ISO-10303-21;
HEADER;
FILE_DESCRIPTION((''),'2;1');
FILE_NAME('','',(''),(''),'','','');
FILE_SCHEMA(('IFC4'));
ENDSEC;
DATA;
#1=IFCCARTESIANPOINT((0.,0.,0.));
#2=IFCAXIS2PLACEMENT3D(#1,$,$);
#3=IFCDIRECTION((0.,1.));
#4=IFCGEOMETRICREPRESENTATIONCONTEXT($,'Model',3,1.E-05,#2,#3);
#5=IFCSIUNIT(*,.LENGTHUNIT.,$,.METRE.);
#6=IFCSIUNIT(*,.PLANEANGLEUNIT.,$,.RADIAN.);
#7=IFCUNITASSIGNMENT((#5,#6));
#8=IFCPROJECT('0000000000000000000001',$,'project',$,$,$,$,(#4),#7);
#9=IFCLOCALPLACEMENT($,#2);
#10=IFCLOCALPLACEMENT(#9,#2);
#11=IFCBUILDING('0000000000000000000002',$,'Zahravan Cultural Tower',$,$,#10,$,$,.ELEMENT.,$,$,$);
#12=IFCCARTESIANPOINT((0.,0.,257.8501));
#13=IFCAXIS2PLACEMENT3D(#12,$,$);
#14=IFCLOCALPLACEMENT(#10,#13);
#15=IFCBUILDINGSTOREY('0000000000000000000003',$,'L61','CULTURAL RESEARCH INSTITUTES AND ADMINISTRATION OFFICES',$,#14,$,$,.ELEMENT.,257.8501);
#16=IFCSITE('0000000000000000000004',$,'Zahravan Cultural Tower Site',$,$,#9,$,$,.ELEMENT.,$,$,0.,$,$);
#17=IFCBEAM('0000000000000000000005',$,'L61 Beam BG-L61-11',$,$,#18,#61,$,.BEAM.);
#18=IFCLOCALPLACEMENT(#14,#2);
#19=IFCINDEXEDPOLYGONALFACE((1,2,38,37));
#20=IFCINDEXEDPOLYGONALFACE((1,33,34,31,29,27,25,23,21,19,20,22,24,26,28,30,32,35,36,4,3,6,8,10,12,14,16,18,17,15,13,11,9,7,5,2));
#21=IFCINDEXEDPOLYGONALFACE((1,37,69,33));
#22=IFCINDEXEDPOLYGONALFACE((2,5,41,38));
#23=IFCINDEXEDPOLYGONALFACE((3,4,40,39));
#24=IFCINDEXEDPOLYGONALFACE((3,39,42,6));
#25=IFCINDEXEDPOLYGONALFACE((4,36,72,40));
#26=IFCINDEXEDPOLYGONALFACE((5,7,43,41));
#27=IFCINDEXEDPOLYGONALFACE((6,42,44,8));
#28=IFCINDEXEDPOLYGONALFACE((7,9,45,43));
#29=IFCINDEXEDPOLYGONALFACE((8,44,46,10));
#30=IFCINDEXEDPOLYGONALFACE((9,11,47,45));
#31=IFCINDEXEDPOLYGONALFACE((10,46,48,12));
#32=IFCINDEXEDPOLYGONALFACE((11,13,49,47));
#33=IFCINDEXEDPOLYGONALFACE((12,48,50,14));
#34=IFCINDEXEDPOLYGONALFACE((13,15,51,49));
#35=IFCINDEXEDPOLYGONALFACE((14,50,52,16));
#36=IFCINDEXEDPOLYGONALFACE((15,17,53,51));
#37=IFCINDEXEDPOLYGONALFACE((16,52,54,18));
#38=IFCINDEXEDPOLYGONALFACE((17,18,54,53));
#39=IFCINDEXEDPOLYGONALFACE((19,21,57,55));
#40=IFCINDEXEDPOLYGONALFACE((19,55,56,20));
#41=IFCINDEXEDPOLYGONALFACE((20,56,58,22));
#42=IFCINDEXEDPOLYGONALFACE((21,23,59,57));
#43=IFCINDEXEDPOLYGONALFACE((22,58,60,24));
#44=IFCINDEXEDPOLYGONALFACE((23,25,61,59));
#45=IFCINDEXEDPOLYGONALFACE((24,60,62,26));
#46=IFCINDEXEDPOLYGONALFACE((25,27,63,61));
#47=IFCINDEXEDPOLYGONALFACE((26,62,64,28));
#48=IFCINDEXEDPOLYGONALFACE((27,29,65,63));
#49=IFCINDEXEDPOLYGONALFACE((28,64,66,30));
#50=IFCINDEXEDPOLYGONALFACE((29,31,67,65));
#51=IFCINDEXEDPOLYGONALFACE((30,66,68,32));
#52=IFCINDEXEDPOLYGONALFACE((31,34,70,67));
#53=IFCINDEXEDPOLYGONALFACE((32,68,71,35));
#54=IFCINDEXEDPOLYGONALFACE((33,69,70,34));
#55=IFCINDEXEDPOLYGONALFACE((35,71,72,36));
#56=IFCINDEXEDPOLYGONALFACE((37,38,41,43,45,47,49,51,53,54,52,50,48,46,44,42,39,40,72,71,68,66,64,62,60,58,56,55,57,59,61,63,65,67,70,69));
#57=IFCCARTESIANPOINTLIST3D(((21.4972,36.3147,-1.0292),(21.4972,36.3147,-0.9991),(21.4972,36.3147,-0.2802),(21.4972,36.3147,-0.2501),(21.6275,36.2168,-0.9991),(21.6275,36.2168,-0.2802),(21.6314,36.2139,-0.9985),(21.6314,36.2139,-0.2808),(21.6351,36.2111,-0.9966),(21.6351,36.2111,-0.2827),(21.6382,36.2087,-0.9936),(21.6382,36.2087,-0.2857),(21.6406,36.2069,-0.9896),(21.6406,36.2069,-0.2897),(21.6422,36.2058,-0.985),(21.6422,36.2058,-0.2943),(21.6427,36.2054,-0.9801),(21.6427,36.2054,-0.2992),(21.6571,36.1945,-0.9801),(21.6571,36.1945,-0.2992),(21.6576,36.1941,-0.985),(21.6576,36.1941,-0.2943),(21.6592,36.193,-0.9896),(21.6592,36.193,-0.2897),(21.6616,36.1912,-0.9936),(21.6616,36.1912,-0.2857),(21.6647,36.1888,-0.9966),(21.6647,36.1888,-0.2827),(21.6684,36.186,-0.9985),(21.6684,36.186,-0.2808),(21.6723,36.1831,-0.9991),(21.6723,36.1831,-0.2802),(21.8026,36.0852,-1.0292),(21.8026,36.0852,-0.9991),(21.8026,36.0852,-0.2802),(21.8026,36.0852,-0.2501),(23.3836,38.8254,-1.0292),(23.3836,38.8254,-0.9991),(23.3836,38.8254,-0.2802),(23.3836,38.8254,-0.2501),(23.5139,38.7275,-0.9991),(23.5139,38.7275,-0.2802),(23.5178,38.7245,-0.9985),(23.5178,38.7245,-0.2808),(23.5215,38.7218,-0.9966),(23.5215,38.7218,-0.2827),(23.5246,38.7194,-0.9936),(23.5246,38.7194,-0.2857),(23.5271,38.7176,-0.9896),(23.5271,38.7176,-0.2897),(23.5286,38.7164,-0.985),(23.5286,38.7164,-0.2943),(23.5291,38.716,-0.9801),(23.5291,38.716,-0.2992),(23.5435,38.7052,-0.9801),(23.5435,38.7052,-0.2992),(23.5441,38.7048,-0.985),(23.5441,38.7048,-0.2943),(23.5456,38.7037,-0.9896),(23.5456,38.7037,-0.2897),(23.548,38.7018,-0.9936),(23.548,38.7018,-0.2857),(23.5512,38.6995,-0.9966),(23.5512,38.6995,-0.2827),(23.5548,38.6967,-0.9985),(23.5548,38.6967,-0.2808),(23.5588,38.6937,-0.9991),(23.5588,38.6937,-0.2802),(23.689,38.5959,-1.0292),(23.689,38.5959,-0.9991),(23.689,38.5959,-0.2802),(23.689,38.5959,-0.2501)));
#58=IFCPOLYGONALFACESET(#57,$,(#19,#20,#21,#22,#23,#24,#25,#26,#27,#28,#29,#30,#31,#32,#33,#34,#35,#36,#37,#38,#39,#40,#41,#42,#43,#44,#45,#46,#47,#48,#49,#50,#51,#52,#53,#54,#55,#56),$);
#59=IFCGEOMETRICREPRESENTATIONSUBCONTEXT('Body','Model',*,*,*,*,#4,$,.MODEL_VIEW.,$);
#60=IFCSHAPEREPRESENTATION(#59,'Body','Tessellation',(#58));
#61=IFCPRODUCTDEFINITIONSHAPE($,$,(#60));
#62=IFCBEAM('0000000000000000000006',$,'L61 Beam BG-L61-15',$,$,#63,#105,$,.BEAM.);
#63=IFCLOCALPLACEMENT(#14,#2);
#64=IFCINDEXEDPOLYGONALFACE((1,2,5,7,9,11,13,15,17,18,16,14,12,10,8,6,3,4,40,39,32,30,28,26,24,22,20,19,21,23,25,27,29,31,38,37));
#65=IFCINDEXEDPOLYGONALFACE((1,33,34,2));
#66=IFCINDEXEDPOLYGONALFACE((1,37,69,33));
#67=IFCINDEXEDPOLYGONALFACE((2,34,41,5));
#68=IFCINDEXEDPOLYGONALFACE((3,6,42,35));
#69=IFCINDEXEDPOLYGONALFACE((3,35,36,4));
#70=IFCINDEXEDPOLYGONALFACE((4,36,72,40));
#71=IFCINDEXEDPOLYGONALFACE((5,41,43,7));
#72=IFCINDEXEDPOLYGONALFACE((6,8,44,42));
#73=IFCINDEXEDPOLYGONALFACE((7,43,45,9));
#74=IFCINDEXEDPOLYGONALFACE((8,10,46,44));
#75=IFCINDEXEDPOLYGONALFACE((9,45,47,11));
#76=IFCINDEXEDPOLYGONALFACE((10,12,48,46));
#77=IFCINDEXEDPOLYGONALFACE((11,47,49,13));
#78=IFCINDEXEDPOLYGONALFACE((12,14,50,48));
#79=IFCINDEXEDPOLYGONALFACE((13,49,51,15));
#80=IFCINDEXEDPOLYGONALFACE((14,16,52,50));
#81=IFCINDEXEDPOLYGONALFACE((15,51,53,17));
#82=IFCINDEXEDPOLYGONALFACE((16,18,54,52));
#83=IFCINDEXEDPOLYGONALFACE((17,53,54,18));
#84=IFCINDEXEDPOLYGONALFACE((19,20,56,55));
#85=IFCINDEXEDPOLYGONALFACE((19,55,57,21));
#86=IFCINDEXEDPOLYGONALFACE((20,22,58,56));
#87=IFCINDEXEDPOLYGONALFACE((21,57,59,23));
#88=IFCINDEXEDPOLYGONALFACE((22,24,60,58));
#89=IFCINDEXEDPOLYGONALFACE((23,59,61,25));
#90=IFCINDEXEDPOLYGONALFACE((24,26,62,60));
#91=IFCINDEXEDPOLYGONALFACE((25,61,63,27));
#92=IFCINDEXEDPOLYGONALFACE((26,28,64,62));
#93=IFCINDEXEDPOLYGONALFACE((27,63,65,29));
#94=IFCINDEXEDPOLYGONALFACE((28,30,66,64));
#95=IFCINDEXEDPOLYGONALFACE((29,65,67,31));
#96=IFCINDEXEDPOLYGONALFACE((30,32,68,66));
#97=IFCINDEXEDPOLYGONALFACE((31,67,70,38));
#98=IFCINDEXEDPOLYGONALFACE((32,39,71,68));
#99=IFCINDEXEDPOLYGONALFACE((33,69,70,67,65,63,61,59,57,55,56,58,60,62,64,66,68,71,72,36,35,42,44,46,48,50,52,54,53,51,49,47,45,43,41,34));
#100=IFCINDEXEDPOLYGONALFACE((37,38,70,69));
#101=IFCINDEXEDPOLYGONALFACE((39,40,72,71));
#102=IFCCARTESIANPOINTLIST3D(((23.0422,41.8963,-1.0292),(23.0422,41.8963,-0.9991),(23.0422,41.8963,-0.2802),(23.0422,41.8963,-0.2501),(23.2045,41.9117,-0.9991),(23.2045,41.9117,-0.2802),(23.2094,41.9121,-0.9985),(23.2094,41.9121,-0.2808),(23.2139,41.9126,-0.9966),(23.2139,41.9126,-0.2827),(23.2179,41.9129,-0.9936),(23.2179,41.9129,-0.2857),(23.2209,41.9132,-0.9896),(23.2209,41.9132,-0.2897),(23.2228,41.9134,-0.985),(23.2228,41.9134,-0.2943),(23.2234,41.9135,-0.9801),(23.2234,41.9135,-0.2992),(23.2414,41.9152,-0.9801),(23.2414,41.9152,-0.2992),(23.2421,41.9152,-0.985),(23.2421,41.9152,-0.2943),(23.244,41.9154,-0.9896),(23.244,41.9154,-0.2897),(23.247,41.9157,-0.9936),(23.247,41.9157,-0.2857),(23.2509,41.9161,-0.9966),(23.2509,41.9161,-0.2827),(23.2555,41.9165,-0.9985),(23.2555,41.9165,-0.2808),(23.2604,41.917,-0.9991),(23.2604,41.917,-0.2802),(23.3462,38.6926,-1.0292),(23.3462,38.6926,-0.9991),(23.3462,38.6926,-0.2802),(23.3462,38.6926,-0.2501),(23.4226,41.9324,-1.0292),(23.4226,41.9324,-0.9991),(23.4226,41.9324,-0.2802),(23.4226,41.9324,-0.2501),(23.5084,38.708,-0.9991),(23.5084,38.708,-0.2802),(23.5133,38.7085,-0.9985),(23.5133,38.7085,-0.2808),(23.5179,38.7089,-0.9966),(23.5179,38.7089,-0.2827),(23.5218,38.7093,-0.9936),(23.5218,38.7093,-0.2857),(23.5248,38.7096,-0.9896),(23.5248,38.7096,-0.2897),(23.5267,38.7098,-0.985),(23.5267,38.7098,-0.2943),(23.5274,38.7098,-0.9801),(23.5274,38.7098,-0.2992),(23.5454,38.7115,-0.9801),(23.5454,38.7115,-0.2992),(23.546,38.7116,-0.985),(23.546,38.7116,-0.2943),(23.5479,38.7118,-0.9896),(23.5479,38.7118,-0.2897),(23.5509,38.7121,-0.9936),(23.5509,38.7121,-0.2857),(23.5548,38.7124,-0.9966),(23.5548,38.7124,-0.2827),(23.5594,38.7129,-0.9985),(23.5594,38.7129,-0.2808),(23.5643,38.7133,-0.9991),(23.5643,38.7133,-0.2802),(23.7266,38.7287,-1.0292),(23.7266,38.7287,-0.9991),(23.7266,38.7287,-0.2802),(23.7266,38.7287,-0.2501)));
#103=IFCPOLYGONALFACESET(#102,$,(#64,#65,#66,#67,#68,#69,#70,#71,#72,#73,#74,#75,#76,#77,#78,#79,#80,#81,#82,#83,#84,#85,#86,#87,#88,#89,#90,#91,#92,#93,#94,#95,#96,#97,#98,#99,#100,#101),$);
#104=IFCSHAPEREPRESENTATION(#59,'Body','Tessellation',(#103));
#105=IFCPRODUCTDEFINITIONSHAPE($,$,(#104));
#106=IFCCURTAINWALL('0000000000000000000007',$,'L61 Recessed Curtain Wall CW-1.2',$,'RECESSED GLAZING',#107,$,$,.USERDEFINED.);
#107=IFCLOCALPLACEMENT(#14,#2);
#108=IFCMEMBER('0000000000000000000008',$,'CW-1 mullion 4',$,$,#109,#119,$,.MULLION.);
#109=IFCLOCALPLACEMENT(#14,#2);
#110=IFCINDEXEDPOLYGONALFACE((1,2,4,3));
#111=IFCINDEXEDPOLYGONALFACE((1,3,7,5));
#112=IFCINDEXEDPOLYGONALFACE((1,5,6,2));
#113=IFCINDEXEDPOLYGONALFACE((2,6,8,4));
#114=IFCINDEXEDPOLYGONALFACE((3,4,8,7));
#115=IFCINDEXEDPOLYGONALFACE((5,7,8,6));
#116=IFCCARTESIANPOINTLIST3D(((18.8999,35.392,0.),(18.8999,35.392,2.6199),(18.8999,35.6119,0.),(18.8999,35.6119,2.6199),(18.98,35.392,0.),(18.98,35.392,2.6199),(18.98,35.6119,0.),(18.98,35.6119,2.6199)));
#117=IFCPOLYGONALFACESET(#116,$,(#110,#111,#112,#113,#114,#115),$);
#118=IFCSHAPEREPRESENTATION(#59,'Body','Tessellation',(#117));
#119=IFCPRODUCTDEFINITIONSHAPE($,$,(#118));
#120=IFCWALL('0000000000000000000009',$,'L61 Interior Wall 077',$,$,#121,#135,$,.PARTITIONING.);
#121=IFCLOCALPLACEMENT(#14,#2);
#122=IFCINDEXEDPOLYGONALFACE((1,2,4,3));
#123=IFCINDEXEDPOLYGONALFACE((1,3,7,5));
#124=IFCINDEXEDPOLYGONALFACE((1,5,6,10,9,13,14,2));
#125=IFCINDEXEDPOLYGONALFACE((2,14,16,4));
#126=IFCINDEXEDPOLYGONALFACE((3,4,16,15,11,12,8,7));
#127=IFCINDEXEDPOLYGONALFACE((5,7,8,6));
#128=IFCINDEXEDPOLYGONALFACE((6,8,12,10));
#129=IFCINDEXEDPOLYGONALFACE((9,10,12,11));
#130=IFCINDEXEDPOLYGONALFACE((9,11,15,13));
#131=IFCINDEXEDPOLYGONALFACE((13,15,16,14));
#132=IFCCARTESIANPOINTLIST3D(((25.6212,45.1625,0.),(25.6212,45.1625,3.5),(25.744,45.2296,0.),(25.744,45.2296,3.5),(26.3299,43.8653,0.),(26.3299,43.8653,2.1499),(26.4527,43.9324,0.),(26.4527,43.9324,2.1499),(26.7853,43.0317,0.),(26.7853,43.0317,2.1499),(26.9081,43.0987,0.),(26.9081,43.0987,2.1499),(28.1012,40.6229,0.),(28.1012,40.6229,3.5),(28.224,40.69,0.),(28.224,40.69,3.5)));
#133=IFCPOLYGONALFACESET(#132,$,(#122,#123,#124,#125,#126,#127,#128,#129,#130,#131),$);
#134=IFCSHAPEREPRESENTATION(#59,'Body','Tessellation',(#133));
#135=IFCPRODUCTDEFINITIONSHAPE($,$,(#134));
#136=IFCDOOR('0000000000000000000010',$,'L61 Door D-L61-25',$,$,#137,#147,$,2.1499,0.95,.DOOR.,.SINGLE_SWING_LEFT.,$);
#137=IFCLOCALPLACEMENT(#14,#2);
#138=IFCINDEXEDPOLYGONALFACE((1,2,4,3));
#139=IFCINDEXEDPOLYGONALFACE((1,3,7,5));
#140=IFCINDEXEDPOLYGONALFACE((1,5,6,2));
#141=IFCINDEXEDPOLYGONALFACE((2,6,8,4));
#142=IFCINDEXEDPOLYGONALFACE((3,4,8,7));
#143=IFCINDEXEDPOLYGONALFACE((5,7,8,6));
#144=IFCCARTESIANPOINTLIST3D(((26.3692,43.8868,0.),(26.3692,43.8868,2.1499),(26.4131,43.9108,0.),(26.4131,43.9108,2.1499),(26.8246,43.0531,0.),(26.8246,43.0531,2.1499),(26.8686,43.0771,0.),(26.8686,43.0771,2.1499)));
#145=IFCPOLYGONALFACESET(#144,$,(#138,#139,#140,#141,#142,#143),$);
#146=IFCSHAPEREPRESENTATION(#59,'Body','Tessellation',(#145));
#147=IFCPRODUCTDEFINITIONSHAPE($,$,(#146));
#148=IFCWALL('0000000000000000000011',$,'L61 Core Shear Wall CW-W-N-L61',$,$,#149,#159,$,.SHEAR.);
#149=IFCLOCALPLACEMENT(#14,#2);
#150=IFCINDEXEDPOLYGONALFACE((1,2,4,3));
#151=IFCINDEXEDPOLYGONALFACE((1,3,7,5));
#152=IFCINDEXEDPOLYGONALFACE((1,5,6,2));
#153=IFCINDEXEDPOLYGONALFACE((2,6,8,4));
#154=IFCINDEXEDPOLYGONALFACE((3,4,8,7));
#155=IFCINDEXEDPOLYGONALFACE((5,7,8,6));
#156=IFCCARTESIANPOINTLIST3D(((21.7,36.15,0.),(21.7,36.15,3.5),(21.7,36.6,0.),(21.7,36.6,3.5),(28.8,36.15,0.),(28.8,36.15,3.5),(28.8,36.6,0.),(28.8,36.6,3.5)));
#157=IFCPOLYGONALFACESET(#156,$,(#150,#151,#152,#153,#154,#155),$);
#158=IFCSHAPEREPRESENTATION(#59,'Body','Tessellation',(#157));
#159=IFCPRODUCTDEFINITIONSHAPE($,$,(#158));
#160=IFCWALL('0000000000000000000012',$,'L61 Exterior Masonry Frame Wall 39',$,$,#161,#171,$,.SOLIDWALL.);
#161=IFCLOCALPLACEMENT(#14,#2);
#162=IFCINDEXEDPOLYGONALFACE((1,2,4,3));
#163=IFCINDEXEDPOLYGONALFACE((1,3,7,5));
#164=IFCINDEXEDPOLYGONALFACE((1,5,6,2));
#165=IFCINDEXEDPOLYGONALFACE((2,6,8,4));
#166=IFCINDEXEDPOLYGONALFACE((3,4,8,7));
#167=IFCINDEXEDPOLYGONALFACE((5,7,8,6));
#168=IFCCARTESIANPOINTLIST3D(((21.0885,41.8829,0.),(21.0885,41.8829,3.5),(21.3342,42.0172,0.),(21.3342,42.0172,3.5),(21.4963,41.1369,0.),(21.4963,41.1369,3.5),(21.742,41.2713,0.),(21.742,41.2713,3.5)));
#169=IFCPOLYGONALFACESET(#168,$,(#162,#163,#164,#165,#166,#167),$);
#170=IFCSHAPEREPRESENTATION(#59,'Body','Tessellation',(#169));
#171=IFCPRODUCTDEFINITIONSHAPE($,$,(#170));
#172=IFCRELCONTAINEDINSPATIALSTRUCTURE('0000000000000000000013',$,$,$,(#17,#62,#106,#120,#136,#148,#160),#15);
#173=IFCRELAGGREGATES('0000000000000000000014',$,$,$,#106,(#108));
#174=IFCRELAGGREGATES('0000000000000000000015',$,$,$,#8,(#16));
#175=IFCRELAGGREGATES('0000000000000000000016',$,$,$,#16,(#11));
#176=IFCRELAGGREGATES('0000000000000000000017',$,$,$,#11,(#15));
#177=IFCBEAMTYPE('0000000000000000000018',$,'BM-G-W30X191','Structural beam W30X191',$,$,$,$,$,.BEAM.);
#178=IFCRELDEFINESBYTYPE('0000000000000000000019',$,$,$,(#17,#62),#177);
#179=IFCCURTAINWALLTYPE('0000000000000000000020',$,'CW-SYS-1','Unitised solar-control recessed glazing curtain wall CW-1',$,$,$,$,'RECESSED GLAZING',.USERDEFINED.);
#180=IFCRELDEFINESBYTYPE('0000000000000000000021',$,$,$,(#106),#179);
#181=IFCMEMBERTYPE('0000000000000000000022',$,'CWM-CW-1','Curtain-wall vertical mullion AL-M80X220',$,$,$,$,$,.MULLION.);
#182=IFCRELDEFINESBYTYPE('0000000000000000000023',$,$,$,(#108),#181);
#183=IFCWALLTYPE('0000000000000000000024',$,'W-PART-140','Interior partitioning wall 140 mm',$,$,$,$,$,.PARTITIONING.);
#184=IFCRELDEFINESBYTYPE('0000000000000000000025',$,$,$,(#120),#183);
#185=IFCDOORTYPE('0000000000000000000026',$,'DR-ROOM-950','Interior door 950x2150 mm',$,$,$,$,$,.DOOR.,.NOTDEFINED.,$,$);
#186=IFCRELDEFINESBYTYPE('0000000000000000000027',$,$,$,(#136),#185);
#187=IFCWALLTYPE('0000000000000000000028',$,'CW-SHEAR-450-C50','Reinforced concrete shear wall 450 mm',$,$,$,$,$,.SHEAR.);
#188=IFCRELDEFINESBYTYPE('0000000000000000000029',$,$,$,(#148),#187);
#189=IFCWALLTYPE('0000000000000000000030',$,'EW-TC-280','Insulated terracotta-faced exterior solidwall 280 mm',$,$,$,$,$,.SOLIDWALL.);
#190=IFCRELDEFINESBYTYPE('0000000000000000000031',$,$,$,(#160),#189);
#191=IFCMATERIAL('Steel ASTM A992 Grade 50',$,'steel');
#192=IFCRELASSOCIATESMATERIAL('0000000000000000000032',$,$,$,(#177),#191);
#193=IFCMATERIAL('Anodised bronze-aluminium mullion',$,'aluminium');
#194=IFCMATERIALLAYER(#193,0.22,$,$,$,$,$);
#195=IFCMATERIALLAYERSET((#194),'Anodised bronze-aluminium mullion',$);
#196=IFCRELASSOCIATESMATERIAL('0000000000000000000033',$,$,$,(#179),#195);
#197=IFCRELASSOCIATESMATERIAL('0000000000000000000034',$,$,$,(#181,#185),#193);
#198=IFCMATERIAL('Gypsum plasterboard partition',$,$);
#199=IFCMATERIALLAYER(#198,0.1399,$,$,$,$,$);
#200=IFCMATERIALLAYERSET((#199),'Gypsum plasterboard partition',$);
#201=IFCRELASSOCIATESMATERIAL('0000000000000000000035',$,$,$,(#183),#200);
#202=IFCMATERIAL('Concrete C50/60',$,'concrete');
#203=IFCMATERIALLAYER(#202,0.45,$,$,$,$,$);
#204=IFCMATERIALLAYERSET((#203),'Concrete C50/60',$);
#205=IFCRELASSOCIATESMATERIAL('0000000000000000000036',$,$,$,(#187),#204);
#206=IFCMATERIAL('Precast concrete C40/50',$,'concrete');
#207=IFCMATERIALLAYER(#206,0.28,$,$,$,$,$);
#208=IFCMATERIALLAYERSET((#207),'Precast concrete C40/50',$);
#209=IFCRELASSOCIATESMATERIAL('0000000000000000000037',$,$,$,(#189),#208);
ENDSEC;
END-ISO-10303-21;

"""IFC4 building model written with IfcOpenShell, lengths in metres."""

from ifc_helpers import new_model, si_unit, direction, frame, frame_2d, origin, origin_2d, place, context, subcontext, project, spatial, rectangle, i_section, extrude, source, transform, mapped, material, layer, layer_set, material_profile, profile_set, type_object, element, fill, aggregate, save


model = new_model("IFC4")

# Units and contexts
model_context = context("Model", 3, precision=1e-05, world=origin(), true_north=direction((0.0, 1.0)))
body_context = subcontext(model_context, "Body", "Model", "MODEL_VIEW")
ifc_project = project(units=[si_unit("LENGTHUNIT", "METRE"), si_unit("PLANEANGLEUNIT", "RADIAN")], contexts=[model_context])

# Site, building, storey
site_placement = place(None, origin())
site = spatial("IfcSite", under=ifc_project, at=site_placement, Name="Zahravan Cultural Tower Site", CompositionType="ELEMENT", RefElevation=0.0)
building_placement = place(site_placement, origin())
building = spatial("IfcBuilding", under=site, at=building_placement, Name="Zahravan Cultural Tower", CompositionType="ELEMENT")
storey_placement = place(building_placement, frame((0.0, 0.0, 257.8501)))
storey = spatial("IfcBuildingStorey", under=building, at=storey_placement, Name="L61", Description="CULTURAL RESEARCH INSTITUTES AND ADMINISTRATION OFFICES", CompositionType="ELEMENT", Elevation=257.8501)

# Shared definitions
ifc_material_1 = material(Name="Concrete C50/60", Category="concrete")
ifc_material_2 = material(Name="Steel ASTM A992 Grade 50", Category="steel")

# Beams
ifc_material_profile_1 = material_profile(ifc_material_2, i_section(OverallWidth=0.3821, OverallDepth=0.7791, WebThickness=0.0181, FlangeThickness=0.03, FilletRadius=0.019, at=origin_2d()), Name="W30X191")
ifc_profile_set_1 = profile_set([ifc_material_profile_1], Name="Steel ASTM A992 Grade 50")
beam_type_1 = type_object("IfcBeamType", Name="BM-G-W30X191", Description="Structural beam W30X191", PredefinedType="BEAM", material=ifc_profile_set_1)
shared_shape_1 = source(origin(), body_context, "Body", "SweptSolid", [
    extrude(i_section(OverallWidth=0.3821, OverallDepth=0.7791, WebThickness=0.0181, FlangeThickness=0.03, FilletRadius=0.019, at=origin_2d()), origin(), (0.0, 0.0, 1.0), 3.1404),
])
beam_1_placement = place(storey_placement, frame((21.6499, 36.2, -0.6396), z_axis=(0.600696, 0.799477, 0.0), x_axis=(-0.799477, 0.600696, 0.0)))
element("IfcBeam", 1, at=beam_1_placement, inside=storey, type_object=beam_type_1, Name="L61 Beam BG-L61-11", PredefinedType="BEAM", context=body_context, shape_type="MappedRepresentation", body=[
    mapped(shared_shape_1, transform((0.0, 0.0, 0.0), x_axis=(1.0, 0.0, 0.0), y_axis=(0.0, 1.0, 0.0), z_axis=(0.0, 0.0, 1.0), scale=1.0)),
])
shared_shape_2 = source(origin(), body_context, "Body", "SweptSolid", [
    extrude(i_section(OverallWidth=0.3821, OverallDepth=0.7791, WebThickness=0.0181, FlangeThickness=0.03, FilletRadius=0.019, at=origin_2d()), origin(), (0.0, 0.0, 1.0), 3.218),
])
beam_2_placement = place(storey_placement, frame((23.5364, 38.7107, -0.6396), z_axis=(-0.094455, 0.995529, 0.0), x_axis=(-0.995529, -0.094455, 0.0)))
element("IfcBeam", 2, at=beam_2_placement, inside=storey, type_object=beam_type_1, Name="L61 Beam BG-L61-15", PredefinedType="BEAM", context=body_context, shape_type="MappedRepresentation", body=[
    mapped(shared_shape_2, transform((0.0, 0.0, 0.0), x_axis=(1.0, 0.0, 0.0), y_axis=(0.0, 1.0, 0.0), z_axis=(0.0, 0.0, 1.0), scale=1.0)),
])

# Curtain wall, member
ifc_material_3 = material(Name="Anodised bronze-aluminium mullion", Category="aluminium")
ifc_layer_1 = layer(ifc_material_3, 0.22)
ifc_layer_set_1 = layer_set([ifc_layer_1], Name="Anodised bronze-aluminium mullion")
curtain_wall_type = type_object("IfcCurtainWallType", Name="CW-SYS-1", Description="Unitised solar-control recessed glazing curtain wall CW-1", ElementType="RECESSED GLAZING", PredefinedType="USERDEFINED", material=ifc_layer_set_1)
curtain_wall_placement = place(storey_placement, origin())
curtain_wall = element("IfcCurtainWall", 3, at=curtain_wall_placement, inside=storey, type_object=curtain_wall_type, Name="L61 Recessed Curtain Wall CW-1.2", ObjectType="RECESSED GLAZING", PredefinedType="USERDEFINED")
ifc_material_profile_2 = material_profile(ifc_material_3, rectangle(XDim=0.0801, YDim=0.22, at=origin_2d()), Name="AL-M80X220")
ifc_profile_set_2 = profile_set([ifc_material_profile_2], Name="Anodised bronze-aluminium mullion")
member_type = type_object("IfcMemberType", Name="CWM-CW-1", Description="Curtain-wall vertical mullion AL-M80X220", PredefinedType="MULLION", material=ifc_profile_set_2)
shared_shape_3 = source(origin(), body_context, "Body", "SweptSolid", [
    extrude(rectangle(XDim=0.0801, YDim=0.22, at=origin_2d()), origin(), (0.0, 0.0, 1.0), 2.6199),
])
member_placement = place(storey_placement, frame((18.9399, 35.502, 0.0), z_axis=(0.0, 0.0, 1.0), x_axis=(-1.0, 0.0, 0.0)))
member = element("IfcMember", 4, at=member_placement, type_object=member_type, Name="CW-1 mullion 4", PredefinedType="MULLION", context=body_context, shape_type="MappedRepresentation", body=[
    mapped(shared_shape_3, transform((0.0, 0.0, 0.0), x_axis=(1.0, 0.0, 0.0), y_axis=(0.0, 1.0, 0.0), z_axis=(0.0, 0.0, 1.0), scale=1.0)),
])
aggregate(curtain_wall, [member])

# Wall, opening, door
ifc_material_4 = material(Name="Gypsum plasterboard partition")
ifc_layer_2 = layer(ifc_material_4, 0.1399)
ifc_layer_set_2 = layer_set([ifc_layer_2], Name="Gypsum plasterboard partition")
wall_type_1 = type_object("IfcWallType", Name="W-PART-140", Description="Interior partitioning wall 140 mm", PredefinedType="PARTITIONING", material=ifc_layer_set_2)
wall_1_placement = place(storey_placement, frame((25.6826, 45.196, 0.0), z_axis=(0.0, 0.0, 1.0), x_axis=(0.479427, -0.877582, 0.0)))
wall_1 = element("IfcWall", 5, at=wall_1_placement, inside=storey, type_object=wall_type_1, Name="L61 Interior Wall 077", PredefinedType="PARTITIONING", context=body_context, shape_type="SweptSolid", body=[
    extrude(rectangle(XDim=5.1729, YDim=0.1399, at=frame_2d((2.5864, 0.0))), origin(), (0.0, 0.0, 1.0), 3.5),
])
opening_placement = place(wall_1_placement, frame((1.478, 0.0, 0.0)))
opening = element("IfcOpeningElement", 6, at=opening_placement, cuts=wall_1, PredefinedType="OPENING", context=body_context, shape_type="SweptSolid", body=[
    extrude(rectangle(XDim=0.95, YDim=2.1499, at=frame_2d((0.4751, 1.075))), frame((0.0, 0.0798, 0.0), z_axis=(0.0, -1.0, 0.0), x_axis=(1.0, 0.0, 0.0)), (0.0, 0.0, 1.0), 0.1599),
])
door_type = type_object("IfcDoorType", Name="DR-ROOM-950", Description="Interior door 950x2150 mm", OperationType="NOTDEFINED", PredefinedType="DOOR", material=ifc_material_3)
shared_shape_4 = source(origin(), body_context, "Body", "SweptSolid", [
    extrude(rectangle(XDim=0.95, YDim=2.1499, at=frame_2d((0.4751, 1.075))), frame((0.0, 0.0249, 0.0), z_axis=(0.0, -1.0, 0.0), x_axis=(1.0, 0.0, 0.0)), (0.0, 0.0, 1.0), 0.05),
])
door_placement = place(opening_placement, origin())
door = element("IfcDoor", 7, at=door_placement, inside=storey, type_object=door_type, Name="L61 Door D-L61-25", OperationType="SINGLE_SWING_LEFT", OverallHeight=2.1499, OverallWidth=0.95, PredefinedType="DOOR", context=body_context, shape_type="MappedRepresentation", body=[
    mapped(shared_shape_4, transform((0.0, 0.0, 0.0), x_axis=(1.0, 0.0, 0.0), y_axis=(0.0, 1.0, 0.0), z_axis=(0.0, 0.0, 1.0), scale=1.0)),
])
fill(opening, door)

# Walls
ifc_layer_3 = layer(ifc_material_1, 0.45)
ifc_layer_set_3 = layer_set([ifc_layer_3], Name="Concrete C50/60")
wall_type_2 = type_object("IfcWallType", Name="CW-SHEAR-450-C50", Description="Reinforced concrete shear wall 450 mm", PredefinedType="SHEAR", material=ifc_layer_set_3)
shared_shape_5 = source(origin(), body_context, "Body", "SweptSolid", [
    extrude(rectangle(XDim=7.1001, YDim=0.45, at=frame_2d((3.55, 0.0))), origin(), (0.0, 0.0, 1.0), 3.5),
])
wall_2_placement = place(storey_placement, frame((21.7, 36.375, 0.0), z_axis=(0.0, 0.0, 1.0), x_axis=(1.0, 0.0, 0.0)))
element("IfcWall", 8, at=wall_2_placement, inside=storey, type_object=wall_type_2, Name="L61 Core Shear Wall CW-W-N-L61", PredefinedType="SHEAR", context=body_context, shape_type="MappedRepresentation", body=[
    mapped(shared_shape_5, transform((0.0, 0.0, 0.0), x_axis=(1.0, 0.0, 0.0), y_axis=(0.0, 1.0, 0.0), z_axis=(0.0, 0.0, 1.0), scale=1.0)),
])
ifc_material_5 = material(Name="Precast concrete C40/50", Category="concrete")
ifc_layer_4 = layer(ifc_material_5, 0.28)
ifc_layer_set_4 = layer_set([ifc_layer_4], Name="Precast concrete C40/50")
wall_type_3 = type_object("IfcWallType", Name="EW-TC-280", Description="Insulated terracotta-faced exterior solidwall 280 mm", PredefinedType="SOLIDWALL", material=ifc_layer_set_4)
shared_shape_6 = source(origin(), body_context, "Body", "SweptSolid", [
    extrude(rectangle(XDim=0.8501, YDim=0.28, at=frame_2d((0.425, 0.0))), origin(), (0.0, 0.0, 1.0), 3.5),
])
for number, where, z_axis, x_axis, name in (
    (9, (21.6191, 41.2041, 0.0), (0.0, 0.0, 1.0), (-0.479657, 0.877456, 0.0), "L61 Exterior Masonry Frame Wall 39"),
):
    element("IfcWall", number, at=place(storey_placement, frame(where, z_axis=z_axis, x_axis=x_axis)), inside=storey, type_object=wall_type_3, Name=name, PredefinedType="SOLIDWALL", context=body_context, shape_type="MappedRepresentation", body=[
        mapped(shared_shape_6, transform((0.0, 0.0, 0.0), x_axis=(1.0, 0.0, 0.0), y_axis=(0.0, 1.0, 0.0), z_axis=(0.0, 0.0, 1.0), scale=1.0)),
    ])

save(model, "model.ifc")
